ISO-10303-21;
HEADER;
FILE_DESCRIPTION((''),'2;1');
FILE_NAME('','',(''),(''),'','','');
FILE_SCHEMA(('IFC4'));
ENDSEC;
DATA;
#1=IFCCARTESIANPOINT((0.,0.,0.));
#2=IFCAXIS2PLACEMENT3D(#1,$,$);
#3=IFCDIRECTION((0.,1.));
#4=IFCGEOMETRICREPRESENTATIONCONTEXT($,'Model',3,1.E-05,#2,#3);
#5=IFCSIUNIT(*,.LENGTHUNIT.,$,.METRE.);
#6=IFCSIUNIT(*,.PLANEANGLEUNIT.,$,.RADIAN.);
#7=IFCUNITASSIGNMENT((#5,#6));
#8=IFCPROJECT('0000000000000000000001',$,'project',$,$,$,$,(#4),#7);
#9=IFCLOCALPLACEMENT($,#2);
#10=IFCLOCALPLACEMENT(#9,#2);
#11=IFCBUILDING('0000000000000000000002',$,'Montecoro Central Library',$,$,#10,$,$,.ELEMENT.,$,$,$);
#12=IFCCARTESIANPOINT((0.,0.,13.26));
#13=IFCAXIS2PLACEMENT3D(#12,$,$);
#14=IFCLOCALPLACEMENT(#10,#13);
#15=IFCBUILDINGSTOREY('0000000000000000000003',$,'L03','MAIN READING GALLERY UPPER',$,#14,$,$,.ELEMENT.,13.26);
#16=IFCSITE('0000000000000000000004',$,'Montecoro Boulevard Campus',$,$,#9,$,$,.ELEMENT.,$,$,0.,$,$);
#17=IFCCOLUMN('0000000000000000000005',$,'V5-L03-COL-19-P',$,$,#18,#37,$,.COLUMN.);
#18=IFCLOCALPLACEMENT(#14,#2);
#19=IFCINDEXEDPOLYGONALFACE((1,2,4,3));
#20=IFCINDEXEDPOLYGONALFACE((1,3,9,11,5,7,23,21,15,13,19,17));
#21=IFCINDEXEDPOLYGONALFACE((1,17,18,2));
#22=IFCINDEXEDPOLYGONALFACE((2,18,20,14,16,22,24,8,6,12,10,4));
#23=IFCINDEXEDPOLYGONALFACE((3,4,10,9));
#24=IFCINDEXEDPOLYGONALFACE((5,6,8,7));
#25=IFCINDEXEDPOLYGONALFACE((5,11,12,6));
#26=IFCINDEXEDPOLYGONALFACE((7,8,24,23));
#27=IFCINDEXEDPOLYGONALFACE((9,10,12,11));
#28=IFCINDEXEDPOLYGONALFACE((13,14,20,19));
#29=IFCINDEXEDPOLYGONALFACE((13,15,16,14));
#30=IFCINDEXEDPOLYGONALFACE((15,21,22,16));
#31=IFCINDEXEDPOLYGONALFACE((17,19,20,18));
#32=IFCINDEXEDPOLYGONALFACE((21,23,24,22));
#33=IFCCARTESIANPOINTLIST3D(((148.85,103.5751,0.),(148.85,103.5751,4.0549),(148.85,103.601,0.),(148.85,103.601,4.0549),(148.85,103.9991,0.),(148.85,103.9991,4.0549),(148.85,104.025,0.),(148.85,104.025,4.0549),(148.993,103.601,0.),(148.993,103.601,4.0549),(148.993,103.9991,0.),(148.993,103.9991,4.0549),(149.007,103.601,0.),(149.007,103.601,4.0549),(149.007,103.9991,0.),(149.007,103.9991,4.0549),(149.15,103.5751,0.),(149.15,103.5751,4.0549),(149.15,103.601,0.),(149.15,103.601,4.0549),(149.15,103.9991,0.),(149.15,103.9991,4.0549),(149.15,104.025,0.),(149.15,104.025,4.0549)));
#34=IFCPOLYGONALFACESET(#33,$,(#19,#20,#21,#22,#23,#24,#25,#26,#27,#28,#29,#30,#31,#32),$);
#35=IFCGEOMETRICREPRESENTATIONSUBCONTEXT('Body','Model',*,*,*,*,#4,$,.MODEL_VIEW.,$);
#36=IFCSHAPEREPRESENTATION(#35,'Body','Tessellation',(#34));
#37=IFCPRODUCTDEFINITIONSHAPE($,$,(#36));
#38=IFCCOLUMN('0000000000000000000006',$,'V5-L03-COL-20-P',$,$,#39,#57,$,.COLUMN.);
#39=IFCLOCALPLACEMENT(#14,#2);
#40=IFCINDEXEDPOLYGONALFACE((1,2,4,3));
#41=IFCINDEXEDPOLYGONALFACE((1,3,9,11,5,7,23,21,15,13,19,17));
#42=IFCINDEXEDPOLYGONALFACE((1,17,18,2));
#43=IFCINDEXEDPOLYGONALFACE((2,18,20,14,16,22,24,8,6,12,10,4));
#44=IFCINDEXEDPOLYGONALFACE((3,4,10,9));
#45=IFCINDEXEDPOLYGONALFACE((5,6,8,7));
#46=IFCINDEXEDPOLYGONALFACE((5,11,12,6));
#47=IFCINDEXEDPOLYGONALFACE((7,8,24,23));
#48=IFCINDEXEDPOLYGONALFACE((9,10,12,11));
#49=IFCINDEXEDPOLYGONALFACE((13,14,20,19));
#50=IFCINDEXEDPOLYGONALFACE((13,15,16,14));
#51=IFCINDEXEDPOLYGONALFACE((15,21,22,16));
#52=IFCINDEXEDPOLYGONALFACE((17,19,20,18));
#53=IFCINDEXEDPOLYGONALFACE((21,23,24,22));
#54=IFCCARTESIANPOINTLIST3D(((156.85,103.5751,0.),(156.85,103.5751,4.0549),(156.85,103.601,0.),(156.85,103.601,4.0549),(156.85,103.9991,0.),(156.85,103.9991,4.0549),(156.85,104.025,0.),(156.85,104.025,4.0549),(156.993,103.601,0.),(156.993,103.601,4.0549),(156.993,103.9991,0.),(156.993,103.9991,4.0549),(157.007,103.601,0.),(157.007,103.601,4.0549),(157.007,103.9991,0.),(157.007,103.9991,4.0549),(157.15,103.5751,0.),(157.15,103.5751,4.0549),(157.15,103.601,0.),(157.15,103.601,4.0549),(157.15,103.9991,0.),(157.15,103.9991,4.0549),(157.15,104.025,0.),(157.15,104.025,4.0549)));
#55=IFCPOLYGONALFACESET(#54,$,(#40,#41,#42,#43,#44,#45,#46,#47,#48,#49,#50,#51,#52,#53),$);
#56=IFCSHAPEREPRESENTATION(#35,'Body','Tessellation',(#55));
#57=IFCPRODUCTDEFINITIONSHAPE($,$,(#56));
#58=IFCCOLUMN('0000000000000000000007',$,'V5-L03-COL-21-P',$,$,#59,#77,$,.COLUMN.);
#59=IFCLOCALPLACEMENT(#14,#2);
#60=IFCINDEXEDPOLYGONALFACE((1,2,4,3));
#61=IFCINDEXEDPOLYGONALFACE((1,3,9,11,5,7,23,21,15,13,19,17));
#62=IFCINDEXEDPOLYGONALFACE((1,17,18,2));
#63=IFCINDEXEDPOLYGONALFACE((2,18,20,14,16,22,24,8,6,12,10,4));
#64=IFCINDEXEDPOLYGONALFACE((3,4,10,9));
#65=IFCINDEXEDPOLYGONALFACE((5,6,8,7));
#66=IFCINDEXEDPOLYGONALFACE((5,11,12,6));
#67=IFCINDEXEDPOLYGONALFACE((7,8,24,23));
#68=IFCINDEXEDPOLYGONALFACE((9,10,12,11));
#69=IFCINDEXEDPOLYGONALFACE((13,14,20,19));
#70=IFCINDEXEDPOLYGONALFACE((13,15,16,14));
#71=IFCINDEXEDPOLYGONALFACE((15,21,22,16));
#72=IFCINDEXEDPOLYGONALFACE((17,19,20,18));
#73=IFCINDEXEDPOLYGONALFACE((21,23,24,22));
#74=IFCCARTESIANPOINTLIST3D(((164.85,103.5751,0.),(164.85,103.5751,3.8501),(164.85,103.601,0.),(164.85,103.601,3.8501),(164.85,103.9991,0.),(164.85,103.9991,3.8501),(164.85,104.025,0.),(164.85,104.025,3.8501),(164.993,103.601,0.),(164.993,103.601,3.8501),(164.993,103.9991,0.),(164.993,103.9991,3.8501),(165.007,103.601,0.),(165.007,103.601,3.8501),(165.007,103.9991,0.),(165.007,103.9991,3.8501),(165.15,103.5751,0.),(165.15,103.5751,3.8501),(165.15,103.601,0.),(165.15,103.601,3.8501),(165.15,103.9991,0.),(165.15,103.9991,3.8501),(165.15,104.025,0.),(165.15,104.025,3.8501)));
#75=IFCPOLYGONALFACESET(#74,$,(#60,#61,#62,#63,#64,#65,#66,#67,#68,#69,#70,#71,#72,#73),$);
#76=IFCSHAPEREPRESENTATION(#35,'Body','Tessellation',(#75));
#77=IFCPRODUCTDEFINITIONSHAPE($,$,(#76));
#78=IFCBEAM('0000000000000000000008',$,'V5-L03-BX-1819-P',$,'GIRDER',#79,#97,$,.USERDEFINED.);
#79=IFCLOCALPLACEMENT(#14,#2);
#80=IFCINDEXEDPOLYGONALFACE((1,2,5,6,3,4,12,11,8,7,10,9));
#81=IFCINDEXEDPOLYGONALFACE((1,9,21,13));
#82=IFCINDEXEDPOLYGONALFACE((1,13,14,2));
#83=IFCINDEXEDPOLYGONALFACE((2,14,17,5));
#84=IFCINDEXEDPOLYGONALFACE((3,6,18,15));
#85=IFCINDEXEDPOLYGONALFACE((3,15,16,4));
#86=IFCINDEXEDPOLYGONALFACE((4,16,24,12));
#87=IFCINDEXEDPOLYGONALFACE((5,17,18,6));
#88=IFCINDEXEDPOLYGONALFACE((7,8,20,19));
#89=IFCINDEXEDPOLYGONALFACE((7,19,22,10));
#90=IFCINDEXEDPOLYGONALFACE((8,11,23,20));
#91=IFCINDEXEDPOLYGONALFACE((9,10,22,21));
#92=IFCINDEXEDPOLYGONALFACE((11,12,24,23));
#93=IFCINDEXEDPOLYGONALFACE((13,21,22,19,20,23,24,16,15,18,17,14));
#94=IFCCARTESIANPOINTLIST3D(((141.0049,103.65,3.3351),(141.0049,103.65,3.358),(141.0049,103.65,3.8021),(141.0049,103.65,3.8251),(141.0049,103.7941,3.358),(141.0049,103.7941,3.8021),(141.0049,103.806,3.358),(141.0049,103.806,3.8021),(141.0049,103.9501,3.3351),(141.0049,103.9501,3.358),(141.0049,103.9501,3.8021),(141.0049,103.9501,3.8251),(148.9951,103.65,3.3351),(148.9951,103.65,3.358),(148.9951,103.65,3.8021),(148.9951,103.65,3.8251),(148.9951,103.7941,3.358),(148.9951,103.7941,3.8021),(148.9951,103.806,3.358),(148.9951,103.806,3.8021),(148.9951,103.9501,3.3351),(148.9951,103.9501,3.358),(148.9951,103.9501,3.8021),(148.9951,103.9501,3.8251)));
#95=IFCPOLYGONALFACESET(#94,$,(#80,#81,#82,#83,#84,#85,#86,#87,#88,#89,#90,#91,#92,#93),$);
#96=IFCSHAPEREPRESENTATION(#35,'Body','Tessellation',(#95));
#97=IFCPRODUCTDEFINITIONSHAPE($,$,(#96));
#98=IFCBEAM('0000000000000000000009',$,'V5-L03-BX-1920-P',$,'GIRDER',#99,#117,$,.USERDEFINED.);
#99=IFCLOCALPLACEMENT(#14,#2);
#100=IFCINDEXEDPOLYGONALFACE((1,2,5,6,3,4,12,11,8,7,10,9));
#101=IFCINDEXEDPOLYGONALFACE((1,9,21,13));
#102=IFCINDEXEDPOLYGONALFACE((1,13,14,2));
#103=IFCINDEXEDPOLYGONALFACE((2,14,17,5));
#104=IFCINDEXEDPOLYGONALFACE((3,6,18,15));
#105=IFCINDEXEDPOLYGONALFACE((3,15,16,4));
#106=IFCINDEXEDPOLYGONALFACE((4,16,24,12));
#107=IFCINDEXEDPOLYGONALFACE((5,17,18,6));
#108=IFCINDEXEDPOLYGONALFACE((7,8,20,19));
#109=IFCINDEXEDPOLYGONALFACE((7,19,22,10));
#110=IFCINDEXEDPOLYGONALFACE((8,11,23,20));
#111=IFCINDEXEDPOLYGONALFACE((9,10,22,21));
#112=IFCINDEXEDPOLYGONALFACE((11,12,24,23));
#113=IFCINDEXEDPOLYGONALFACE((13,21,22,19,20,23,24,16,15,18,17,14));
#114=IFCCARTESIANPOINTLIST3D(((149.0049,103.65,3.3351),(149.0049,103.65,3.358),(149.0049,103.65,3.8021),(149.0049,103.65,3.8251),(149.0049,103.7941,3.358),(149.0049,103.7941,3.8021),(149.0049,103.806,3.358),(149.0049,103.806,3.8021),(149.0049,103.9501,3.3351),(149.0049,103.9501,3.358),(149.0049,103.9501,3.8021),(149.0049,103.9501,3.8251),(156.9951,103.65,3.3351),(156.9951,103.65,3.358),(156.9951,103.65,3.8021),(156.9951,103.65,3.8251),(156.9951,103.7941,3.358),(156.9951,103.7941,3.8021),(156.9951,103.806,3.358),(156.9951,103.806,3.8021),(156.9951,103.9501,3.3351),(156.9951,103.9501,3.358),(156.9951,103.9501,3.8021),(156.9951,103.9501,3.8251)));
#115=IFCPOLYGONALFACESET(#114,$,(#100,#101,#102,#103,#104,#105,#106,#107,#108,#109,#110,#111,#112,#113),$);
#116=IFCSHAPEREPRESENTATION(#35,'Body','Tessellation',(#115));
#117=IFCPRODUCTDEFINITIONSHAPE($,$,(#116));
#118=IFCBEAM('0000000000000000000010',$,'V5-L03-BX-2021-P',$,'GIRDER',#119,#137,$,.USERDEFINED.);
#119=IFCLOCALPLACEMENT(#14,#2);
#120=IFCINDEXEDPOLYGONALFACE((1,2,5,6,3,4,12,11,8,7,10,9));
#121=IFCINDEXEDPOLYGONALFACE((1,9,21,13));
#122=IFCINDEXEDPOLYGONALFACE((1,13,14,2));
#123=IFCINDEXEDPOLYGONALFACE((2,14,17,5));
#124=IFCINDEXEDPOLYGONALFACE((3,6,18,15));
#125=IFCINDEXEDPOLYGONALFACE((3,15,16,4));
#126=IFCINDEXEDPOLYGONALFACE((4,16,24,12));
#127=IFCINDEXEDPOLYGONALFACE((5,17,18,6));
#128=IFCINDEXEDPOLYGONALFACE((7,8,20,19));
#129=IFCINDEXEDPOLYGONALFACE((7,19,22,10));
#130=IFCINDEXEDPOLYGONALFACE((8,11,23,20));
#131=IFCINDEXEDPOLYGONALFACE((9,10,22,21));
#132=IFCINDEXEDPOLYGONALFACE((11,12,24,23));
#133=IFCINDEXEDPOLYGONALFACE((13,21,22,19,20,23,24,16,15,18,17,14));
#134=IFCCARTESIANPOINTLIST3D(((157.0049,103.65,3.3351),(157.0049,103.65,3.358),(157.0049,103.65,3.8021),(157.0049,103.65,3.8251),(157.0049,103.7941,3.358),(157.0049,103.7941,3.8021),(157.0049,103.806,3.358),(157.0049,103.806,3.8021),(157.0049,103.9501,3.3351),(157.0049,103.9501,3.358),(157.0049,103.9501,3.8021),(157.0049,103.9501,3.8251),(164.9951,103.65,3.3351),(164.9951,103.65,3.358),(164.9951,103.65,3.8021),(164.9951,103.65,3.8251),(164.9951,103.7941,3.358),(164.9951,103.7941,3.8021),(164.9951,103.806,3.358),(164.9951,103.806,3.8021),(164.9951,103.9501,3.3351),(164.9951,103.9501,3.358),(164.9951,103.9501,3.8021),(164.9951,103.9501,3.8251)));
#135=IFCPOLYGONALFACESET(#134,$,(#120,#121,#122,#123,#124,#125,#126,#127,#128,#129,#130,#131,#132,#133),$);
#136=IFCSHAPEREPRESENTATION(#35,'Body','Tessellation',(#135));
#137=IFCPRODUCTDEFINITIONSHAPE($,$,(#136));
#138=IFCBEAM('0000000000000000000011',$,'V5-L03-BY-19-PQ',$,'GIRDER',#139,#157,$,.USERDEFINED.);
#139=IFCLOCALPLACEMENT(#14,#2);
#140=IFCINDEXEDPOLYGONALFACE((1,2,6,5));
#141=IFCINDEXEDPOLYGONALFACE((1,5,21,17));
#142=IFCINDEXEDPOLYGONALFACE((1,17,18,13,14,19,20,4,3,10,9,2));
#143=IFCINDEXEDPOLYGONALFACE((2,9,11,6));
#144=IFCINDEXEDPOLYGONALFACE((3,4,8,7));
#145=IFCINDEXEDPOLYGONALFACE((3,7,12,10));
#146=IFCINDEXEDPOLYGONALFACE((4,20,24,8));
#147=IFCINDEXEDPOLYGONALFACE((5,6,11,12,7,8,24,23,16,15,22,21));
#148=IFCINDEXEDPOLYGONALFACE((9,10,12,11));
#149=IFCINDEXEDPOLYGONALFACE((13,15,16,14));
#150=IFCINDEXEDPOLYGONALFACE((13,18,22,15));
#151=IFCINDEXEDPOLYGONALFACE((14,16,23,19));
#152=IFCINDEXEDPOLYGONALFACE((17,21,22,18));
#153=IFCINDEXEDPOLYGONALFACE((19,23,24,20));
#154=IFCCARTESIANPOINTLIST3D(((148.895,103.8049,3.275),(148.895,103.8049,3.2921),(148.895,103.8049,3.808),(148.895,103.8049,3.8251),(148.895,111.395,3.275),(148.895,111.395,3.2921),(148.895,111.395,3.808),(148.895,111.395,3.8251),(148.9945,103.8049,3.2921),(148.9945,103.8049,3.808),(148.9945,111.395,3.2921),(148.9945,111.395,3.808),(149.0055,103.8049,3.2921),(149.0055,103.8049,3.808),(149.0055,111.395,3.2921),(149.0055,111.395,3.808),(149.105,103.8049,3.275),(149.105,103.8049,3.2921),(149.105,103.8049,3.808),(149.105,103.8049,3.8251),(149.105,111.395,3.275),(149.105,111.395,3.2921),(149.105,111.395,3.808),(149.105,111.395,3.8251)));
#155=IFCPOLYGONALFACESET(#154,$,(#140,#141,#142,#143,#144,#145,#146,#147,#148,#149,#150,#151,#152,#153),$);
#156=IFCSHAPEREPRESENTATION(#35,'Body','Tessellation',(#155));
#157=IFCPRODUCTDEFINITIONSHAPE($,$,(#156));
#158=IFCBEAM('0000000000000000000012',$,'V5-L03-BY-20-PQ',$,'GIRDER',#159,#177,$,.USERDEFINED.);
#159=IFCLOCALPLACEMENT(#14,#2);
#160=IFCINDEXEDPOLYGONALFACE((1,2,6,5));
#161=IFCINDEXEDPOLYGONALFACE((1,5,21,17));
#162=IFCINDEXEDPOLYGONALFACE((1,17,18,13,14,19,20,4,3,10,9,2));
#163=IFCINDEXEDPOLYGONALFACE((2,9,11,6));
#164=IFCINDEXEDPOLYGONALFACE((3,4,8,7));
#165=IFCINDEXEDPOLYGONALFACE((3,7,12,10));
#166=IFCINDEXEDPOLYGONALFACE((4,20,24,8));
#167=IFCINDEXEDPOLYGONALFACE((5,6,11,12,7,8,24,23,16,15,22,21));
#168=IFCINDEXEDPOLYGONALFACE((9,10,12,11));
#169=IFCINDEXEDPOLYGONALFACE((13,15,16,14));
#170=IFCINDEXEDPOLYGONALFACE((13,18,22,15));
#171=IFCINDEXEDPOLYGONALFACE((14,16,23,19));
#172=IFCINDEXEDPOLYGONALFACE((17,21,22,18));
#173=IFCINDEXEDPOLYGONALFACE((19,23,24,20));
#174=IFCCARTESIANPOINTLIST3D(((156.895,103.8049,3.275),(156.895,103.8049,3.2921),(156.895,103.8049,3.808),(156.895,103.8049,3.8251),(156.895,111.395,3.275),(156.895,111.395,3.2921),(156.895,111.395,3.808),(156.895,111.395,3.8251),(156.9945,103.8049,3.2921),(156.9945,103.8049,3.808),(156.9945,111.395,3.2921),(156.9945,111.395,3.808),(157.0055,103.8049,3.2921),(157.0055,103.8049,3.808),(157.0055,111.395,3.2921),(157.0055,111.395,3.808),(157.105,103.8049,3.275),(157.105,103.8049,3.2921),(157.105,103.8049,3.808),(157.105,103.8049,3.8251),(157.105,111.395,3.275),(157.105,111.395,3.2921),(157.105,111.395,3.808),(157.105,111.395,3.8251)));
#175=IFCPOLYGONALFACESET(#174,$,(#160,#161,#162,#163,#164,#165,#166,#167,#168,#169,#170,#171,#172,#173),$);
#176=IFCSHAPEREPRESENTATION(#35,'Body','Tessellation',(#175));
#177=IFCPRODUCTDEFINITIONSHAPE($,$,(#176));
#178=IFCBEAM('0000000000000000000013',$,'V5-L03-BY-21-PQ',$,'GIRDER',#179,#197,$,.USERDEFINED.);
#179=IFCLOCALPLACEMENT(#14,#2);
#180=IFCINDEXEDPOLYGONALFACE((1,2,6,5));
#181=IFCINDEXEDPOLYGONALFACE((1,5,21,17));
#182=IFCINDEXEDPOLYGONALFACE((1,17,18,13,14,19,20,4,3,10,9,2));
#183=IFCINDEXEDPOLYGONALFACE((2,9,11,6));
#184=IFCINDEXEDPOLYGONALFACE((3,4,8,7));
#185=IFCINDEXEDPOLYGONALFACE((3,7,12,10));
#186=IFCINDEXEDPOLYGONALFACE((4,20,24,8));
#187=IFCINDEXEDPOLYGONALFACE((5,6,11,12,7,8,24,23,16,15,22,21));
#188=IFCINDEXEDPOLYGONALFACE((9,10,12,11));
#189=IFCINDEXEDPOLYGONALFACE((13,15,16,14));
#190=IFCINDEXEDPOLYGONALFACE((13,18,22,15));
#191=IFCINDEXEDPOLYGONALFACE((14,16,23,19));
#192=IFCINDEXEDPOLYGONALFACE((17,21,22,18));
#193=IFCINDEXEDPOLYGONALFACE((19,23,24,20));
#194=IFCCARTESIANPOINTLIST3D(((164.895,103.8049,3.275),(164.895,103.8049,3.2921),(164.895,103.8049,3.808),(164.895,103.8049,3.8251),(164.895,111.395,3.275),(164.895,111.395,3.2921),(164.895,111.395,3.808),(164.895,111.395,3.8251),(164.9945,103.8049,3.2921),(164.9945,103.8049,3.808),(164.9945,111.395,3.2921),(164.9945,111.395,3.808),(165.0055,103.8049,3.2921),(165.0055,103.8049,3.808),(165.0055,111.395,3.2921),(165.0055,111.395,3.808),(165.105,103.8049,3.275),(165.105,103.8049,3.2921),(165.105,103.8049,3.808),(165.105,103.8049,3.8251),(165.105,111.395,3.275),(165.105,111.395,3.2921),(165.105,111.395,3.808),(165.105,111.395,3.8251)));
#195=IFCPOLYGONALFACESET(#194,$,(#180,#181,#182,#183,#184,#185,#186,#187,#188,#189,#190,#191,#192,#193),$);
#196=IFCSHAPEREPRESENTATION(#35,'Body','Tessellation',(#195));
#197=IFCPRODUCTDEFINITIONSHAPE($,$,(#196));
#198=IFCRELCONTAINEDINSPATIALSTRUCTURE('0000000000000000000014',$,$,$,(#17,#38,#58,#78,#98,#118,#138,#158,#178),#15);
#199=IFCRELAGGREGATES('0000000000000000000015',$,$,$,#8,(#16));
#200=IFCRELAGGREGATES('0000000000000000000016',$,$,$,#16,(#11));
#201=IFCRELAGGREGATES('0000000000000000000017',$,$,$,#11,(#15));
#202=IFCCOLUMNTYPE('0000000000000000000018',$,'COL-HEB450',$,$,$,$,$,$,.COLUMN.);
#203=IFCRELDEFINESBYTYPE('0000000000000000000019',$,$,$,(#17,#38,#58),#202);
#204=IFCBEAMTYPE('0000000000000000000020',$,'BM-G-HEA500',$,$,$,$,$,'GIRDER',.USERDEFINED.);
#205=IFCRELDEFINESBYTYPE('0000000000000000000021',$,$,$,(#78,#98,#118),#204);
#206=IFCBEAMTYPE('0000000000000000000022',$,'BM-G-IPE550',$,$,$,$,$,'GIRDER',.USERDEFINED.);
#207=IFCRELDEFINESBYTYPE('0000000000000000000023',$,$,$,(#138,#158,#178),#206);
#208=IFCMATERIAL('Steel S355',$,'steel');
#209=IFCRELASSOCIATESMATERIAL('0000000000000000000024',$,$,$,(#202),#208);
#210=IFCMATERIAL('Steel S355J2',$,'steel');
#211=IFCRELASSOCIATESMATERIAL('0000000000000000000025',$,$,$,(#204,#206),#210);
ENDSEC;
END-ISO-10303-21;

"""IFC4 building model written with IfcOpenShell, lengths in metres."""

from ifc_helpers import new_model, si_unit, direction, frame, origin, origin_2d, place, context, subcontext, project, spatial, i_section, extrude, material, material_profile, profile_set, type_object, element, save


model = new_model("IFC4")

# Units and contexts
model_context = context("Model", 3, precision=1e-05, world=origin(), true_north=direction((0.0, 1.0)))
body_context = subcontext(model_context, "Body", "Model", "MODEL_VIEW")
ifc_project = project(units=[si_unit("LENGTHUNIT", "METRE"), si_unit("PLANEANGLEUNIT", "RADIAN")], contexts=[model_context])

# Site, building, storey
site_placement = place(None, origin())
site = spatial("IfcSite", under=ifc_project, at=site_placement, Name="Montecoro Boulevard Campus", CompositionType="ELEMENT", RefElevation=0.0)
building_placement = place(site_placement, origin())
building = spatial("IfcBuilding", under=site, at=building_placement, Name="Montecoro Central Library", CompositionType="ELEMENT")
storey_placement = place(building_placement, frame((0.0, 0.0, 13.26)))
storey = spatial("IfcBuildingStorey", under=building, at=storey_placement, Name="L03", Description="MAIN READING GALLERY UPPER", CompositionType="ELEMENT", Elevation=13.26)

# Columns
ifc_material_1 = material(Name="Steel S355", Category="steel")
ifc_material_profile_1 = material_profile(ifc_material_1, i_section(OverallWidth=0.3, OverallDepth=0.45, WebThickness=0.0139, FlangeThickness=0.0259, at=origin_2d()), Name="HEB 450")
ifc_profile_set_1 = profile_set([ifc_material_profile_1], Name="Steel S355")
column_type = type_object("IfcColumnType", Name="COL-HEB450", PredefinedType="COLUMN", material=ifc_profile_set_1)
for number, where, z_axis, x_axis, name in (
    (1, (149.0, 103.8, 0.0), (0.0, 0.0, 1.0), (1.0, 0.0, 0.0), "V5-L03-COL-19-P"),
    (2, (157.0, 103.8, 0.0), (0.0, 0.0, 1.0), (1.0, 0.0, 0.0), "V5-L03-COL-20-P"),
):
    element("IfcColumn", number, at=place(storey_placement, frame(where, z_axis=z_axis, x_axis=x_axis)), inside=storey, type_object=column_type, Name=name, PredefinedType="COLUMN", context=body_context, shape_type="SweptSolid", body=[
        extrude(i_section(OverallWidth=0.3, OverallDepth=0.45, WebThickness=0.0139, FlangeThickness=0.0259, at=origin_2d()), origin(), (0.0, 0.0, 1.0), 4.0549),
    ])
column_placement = place(storey_placement, frame((165.0, 103.8, 0.0), z_axis=(0.0, 0.0, 1.0), x_axis=(1.0, 0.0, 0.0)))
element("IfcColumn", 3, at=column_placement, inside=storey, type_object=column_type, Name="V5-L03-COL-21-P", PredefinedType="COLUMN", context=body_context, shape_type="SweptSolid", body=[
    extrude(i_section(OverallWidth=0.3, OverallDepth=0.45, WebThickness=0.0139, FlangeThickness=0.0259, at=origin_2d()), origin(), (0.0, 0.0, 1.0), 3.8501),
])

# Beams
ifc_material_2 = material(Name="Steel S355J2", Category="steel")
ifc_material_profile_2 = material_profile(ifc_material_2, i_section(OverallWidth=0.3, OverallDepth=0.49, WebThickness=0.012, FlangeThickness=0.0229, at=origin_2d()), Name="HEA 500")
ifc_profile_set_2 = profile_set([ifc_material_profile_2], Name="Steel S355J2")
beam_type_1 = type_object("IfcBeamType", Name="BM-G-HEA500", ElementType="GIRDER", PredefinedType="USERDEFINED", material=ifc_profile_set_2)
for number, where, z_axis, x_axis, name in (
    (4, (141.0049, 103.8, 3.5801), (1.0, 0.0, 0.0), (0.0, 1.0, 0.0), "V5-L03-BX-1819-P"),
    (5, (149.0049, 103.8, 3.5801), (1.0, 0.0, 0.0), (0.0, 1.0, 0.0), "V5-L03-BX-1920-P"),
    (6, (157.0049, 103.8, 3.5801), (1.0, 0.0, 0.0), (0.0, 1.0, 0.0), "V5-L03-BX-2021-P"),
):
    element("IfcBeam", number, at=place(storey_placement, frame(where, z_axis=z_axis, x_axis=x_axis)), inside=storey, type_object=beam_type_1, Name=name, ObjectType="GIRDER", PredefinedType="USERDEFINED", context=body_context, shape_type="SweptSolid", body=[
        extrude(i_section(OverallWidth=0.3, OverallDepth=0.49, WebThickness=0.012, FlangeThickness=0.0229, at=origin_2d()), origin(), (0.0, 0.0, 1.0), 7.9902),
    ])
ifc_material_profile_3 = material_profile(ifc_material_2, i_section(OverallWidth=0.21, OverallDepth=0.55, WebThickness=0.011, FlangeThickness=0.0171, at=origin_2d()), Name="IPE 550")
ifc_profile_set_3 = profile_set([ifc_material_profile_3], Name="Steel S355J2")
beam_type_2 = type_object("IfcBeamType", Name="BM-G-IPE550", ElementType="GIRDER", PredefinedType="USERDEFINED", material=ifc_profile_set_3)
for number, where, z_axis, x_axis, name in (
    (7, (149.0, 103.8049, 3.55), (0.0, 1.0, 0.0), (-1.0, 0.0, 0.0), "V5-L03-BY-19-PQ"),
    (8, (157.0, 103.8049, 3.55), (0.0, 1.0, 0.0), (-1.0, 0.0, 0.0), "V5-L03-BY-20-PQ"),
    (9, (165.0, 103.8049, 3.55), (0.0, 1.0, 0.0), (-1.0, 0.0, 0.0), "V5-L03-BY-21-PQ"),
):
    element("IfcBeam", number, at=place(storey_placement, frame(where, z_axis=z_axis, x_axis=x_axis)), inside=storey, type_object=beam_type_2, Name=name, ObjectType="GIRDER", PredefinedType="USERDEFINED", context=body_context, shape_type="SweptSolid", body=[
        extrude(i_section(OverallWidth=0.21, OverallDepth=0.55, WebThickness=0.011, FlangeThickness=0.0171, at=origin_2d()), origin(), (0.0, 0.0, 1.0), 7.5901),
    ])

save(model, "model.ifc")
